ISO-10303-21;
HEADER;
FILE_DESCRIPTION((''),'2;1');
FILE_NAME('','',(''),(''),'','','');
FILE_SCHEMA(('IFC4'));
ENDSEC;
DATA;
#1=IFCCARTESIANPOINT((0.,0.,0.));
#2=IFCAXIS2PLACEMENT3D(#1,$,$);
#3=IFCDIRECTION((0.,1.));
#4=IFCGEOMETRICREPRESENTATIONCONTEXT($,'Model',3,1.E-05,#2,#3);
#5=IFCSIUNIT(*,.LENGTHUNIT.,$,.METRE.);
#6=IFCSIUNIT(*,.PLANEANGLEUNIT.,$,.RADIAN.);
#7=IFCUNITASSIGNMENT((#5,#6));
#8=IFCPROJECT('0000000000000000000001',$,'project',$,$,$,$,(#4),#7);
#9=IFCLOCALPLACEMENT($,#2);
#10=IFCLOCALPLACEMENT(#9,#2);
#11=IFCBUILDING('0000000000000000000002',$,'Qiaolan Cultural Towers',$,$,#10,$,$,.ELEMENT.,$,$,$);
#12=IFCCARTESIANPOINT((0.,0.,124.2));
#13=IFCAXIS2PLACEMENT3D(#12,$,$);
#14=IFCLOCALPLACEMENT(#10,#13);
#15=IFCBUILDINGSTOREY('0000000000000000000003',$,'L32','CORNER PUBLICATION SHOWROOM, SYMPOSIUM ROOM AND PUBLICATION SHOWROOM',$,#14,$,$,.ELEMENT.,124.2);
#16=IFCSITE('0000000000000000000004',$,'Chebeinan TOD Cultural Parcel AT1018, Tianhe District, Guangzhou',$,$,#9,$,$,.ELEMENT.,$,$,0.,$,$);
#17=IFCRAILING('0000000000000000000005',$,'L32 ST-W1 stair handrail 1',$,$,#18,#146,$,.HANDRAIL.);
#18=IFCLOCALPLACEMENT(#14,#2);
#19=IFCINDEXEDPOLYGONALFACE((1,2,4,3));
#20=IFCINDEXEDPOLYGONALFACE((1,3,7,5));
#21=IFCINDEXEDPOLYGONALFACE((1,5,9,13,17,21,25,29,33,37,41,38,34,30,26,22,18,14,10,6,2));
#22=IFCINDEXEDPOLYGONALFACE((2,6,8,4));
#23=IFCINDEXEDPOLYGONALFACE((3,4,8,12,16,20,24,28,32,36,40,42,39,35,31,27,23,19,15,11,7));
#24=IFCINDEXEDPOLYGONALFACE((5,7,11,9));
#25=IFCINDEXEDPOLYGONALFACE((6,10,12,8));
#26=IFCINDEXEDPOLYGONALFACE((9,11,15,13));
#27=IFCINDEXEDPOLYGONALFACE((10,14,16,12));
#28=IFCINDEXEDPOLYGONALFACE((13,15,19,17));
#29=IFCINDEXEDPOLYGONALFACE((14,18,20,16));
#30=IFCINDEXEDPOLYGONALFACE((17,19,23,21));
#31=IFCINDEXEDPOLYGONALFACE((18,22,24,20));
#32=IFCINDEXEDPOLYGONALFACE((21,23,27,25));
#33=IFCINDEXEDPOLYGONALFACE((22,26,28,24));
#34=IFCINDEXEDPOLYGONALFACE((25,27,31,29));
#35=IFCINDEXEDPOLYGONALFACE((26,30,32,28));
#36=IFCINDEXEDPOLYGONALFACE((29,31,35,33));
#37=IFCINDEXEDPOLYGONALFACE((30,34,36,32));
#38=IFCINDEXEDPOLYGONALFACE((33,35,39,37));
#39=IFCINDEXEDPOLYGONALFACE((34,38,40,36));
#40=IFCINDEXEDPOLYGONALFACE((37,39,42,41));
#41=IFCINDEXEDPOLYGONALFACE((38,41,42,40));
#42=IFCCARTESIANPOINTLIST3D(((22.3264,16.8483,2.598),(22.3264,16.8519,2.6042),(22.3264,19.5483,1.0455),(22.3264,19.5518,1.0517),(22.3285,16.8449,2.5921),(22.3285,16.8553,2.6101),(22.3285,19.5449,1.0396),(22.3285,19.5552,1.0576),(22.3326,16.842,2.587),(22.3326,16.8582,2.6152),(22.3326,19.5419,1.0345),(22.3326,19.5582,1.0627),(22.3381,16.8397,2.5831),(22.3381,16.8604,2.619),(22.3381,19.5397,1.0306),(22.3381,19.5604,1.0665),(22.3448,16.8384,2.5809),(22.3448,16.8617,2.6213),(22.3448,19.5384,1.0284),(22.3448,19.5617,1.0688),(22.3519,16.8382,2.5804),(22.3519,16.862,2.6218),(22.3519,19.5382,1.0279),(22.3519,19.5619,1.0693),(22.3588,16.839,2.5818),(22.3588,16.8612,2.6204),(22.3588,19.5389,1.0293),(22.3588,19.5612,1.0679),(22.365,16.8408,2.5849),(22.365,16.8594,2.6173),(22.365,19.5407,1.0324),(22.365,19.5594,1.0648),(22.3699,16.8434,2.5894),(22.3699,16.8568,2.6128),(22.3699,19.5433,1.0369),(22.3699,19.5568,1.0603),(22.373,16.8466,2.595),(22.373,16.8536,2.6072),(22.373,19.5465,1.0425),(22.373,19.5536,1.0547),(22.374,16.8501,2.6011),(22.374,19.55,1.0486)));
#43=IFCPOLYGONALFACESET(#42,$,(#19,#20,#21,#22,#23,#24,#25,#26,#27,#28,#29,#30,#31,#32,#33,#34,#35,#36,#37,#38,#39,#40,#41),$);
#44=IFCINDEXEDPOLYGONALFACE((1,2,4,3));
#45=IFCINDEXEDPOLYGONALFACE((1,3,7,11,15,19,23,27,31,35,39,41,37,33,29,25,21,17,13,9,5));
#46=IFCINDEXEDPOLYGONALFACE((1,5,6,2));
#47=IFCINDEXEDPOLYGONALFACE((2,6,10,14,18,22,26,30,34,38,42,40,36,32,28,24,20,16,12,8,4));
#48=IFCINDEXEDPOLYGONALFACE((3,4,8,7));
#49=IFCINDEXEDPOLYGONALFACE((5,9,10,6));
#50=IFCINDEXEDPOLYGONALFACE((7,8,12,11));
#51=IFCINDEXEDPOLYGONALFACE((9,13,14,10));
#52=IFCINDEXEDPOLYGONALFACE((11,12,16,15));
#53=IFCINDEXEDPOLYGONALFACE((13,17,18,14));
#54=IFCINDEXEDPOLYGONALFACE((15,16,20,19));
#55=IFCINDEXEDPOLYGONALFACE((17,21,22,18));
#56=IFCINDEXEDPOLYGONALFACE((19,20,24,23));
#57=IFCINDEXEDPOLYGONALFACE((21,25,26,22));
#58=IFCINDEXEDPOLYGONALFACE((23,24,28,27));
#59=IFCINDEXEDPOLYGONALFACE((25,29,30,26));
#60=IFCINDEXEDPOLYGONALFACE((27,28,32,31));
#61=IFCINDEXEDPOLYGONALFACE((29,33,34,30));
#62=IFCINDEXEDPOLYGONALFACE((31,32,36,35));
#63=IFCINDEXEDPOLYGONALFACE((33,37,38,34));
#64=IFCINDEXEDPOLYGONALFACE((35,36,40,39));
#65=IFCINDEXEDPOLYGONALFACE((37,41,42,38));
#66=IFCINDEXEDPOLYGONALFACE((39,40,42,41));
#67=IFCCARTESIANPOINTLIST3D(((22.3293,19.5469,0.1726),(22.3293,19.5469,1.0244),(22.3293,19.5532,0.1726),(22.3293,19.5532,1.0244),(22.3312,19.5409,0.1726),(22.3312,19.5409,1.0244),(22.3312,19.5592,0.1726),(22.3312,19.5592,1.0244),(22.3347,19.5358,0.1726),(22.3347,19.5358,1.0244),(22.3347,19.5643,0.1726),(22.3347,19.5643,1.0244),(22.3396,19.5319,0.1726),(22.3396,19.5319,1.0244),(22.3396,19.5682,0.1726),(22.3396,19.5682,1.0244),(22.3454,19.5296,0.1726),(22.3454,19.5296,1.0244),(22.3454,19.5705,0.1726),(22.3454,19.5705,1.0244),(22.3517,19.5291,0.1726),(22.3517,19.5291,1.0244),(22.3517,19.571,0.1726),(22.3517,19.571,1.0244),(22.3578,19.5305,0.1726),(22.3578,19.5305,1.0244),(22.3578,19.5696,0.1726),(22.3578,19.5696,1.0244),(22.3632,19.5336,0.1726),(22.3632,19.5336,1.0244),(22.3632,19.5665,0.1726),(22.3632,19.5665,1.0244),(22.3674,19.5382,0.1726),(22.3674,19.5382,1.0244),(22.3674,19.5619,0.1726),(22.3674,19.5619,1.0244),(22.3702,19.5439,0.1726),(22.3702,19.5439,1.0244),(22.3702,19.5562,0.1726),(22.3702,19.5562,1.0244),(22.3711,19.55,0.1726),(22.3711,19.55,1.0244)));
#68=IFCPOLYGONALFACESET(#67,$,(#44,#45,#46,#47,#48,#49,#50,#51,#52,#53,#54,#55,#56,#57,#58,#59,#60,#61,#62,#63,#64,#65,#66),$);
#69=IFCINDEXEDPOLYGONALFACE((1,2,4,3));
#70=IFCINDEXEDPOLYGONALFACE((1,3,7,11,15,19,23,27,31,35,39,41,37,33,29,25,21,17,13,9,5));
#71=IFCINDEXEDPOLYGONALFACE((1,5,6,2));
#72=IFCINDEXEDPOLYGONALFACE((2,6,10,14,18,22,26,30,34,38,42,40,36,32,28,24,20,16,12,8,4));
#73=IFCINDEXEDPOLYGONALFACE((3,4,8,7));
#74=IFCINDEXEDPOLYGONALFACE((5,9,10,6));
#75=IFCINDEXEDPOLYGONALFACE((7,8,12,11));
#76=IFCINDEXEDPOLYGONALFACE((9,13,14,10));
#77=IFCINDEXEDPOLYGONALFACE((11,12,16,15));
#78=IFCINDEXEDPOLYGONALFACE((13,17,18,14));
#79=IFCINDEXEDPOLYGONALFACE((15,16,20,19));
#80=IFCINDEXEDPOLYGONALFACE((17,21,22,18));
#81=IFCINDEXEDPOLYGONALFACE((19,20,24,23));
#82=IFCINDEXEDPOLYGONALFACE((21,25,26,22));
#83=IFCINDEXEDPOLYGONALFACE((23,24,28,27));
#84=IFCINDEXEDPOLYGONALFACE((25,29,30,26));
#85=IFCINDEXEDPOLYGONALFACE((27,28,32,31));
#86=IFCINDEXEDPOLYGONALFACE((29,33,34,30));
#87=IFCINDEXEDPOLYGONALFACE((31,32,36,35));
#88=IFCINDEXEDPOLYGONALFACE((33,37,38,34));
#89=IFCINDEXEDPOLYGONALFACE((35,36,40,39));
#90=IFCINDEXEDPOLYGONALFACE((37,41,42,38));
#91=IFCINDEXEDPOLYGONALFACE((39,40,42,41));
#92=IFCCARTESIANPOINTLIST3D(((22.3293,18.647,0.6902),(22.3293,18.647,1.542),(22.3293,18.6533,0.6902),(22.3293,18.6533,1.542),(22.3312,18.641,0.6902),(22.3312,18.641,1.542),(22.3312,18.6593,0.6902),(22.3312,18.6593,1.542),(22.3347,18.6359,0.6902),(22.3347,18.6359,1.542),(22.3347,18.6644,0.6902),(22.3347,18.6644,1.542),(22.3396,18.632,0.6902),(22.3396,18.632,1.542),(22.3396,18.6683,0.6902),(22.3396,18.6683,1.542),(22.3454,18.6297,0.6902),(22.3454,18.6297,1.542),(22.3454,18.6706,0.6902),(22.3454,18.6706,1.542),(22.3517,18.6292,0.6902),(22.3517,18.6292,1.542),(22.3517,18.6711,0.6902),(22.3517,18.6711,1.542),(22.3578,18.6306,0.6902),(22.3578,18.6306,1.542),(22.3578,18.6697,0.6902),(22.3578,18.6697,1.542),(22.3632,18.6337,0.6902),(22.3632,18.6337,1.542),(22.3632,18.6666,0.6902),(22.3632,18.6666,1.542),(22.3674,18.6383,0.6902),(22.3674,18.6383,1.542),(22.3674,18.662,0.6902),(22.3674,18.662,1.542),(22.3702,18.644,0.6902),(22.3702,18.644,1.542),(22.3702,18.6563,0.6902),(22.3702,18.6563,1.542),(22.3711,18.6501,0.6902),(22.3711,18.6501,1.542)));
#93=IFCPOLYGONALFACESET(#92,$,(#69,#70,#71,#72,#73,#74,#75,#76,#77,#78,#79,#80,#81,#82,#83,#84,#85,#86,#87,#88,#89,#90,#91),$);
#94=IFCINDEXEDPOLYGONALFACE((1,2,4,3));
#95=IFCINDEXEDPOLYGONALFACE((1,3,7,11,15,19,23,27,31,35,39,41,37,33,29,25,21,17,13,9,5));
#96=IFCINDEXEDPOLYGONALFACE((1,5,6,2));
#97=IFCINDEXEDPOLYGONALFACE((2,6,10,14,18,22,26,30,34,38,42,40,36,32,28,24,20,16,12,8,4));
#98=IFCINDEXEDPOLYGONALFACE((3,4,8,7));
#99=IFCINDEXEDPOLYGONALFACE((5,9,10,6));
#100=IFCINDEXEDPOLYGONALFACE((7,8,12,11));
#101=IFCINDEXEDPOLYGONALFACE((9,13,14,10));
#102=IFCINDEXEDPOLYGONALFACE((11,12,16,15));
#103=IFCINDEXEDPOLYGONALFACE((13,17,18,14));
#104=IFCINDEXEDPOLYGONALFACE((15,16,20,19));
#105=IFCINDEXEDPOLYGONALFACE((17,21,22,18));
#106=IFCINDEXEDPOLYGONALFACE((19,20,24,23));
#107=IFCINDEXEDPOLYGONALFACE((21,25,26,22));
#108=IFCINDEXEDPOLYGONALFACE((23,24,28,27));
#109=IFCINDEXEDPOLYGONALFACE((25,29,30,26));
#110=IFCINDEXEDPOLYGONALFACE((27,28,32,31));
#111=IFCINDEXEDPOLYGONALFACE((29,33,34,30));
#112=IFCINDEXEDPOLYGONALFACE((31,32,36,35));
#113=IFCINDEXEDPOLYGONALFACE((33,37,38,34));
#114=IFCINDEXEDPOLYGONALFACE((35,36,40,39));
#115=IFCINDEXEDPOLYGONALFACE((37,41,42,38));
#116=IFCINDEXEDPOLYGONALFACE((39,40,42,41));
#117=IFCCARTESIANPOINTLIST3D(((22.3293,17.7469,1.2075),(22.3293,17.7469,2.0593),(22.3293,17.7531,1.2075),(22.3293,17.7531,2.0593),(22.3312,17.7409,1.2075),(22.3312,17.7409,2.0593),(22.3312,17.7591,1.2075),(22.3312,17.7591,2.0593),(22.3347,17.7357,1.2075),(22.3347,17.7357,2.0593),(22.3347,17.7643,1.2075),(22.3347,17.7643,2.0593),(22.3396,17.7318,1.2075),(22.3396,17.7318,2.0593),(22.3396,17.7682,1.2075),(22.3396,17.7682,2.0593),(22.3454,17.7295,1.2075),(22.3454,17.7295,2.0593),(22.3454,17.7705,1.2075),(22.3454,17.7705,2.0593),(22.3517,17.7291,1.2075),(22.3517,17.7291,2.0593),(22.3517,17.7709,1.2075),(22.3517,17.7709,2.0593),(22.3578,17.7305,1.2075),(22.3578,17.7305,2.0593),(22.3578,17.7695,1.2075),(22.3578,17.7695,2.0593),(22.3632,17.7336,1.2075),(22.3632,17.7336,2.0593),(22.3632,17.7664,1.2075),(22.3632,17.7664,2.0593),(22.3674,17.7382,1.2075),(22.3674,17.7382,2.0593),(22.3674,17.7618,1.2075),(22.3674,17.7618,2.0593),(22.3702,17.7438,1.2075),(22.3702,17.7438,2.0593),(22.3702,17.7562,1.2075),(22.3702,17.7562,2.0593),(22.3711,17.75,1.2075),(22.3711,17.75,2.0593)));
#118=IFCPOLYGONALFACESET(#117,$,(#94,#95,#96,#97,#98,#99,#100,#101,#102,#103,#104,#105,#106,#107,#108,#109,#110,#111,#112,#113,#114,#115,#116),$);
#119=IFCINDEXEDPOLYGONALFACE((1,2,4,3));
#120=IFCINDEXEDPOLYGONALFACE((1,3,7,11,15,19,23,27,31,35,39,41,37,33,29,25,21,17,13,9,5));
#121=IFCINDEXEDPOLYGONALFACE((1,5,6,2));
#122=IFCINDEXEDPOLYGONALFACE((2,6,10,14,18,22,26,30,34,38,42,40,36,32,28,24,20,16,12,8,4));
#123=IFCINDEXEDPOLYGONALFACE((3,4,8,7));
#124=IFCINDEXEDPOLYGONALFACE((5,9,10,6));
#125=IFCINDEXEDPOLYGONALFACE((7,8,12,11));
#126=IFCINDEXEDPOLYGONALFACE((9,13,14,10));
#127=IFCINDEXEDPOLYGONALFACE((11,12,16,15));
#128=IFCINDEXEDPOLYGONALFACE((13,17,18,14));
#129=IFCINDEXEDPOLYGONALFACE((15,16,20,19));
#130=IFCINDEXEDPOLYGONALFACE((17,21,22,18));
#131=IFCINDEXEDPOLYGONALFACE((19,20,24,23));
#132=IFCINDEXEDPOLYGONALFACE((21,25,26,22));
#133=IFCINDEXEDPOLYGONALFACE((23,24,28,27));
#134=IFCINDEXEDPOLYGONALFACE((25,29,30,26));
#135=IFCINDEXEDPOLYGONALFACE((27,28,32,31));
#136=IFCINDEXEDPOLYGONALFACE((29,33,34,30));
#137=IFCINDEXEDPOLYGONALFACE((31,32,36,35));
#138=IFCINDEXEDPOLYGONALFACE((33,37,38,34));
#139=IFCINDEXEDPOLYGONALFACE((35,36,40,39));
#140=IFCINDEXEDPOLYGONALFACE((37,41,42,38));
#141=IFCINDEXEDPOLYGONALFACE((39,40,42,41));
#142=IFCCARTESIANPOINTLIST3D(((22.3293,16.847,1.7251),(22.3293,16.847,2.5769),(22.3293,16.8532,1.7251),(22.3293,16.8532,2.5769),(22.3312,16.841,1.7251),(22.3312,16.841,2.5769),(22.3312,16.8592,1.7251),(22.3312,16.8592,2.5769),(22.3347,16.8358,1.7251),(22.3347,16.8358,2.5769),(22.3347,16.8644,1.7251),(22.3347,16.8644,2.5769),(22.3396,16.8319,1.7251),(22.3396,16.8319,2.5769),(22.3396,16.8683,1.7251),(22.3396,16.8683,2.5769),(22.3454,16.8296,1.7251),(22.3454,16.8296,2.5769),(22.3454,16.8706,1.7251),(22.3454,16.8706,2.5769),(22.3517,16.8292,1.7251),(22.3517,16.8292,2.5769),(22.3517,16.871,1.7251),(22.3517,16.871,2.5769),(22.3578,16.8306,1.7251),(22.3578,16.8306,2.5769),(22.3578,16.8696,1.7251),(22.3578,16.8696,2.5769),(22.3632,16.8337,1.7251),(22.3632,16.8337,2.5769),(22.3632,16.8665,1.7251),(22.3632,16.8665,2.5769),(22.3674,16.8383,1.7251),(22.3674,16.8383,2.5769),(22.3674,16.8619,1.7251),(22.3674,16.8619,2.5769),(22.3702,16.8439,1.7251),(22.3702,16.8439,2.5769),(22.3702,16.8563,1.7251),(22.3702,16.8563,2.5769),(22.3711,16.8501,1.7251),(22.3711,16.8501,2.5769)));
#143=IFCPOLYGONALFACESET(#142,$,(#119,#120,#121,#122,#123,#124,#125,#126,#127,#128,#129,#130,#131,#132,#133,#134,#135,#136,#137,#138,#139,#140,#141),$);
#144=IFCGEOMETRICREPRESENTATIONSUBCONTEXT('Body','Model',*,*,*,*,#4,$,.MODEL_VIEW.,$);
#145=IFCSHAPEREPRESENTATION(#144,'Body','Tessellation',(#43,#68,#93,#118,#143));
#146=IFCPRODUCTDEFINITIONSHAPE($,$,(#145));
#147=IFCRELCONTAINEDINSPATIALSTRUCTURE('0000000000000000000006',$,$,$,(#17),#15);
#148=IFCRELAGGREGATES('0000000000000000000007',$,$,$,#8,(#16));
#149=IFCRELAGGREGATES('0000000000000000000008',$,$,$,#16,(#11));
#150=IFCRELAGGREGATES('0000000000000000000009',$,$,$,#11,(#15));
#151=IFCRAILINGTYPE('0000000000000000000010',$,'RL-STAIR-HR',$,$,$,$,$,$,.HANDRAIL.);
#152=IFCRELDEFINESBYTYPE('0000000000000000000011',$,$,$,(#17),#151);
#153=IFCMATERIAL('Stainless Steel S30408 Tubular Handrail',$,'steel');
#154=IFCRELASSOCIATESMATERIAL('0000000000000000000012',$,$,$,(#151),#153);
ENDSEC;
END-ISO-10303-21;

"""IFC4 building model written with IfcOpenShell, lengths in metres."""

from ifc_helpers import new_model, si_unit, direction, frame, origin, origin_2d, place, context, subcontext, project, spatial, circle, extrude, material, type_object, element, save


model = new_model("IFC4")

# Units and contexts
model_context = context("Model", 3, precision=1e-05, world=origin(), true_north=direction((0.0, 1.0)))
body_context = subcontext(model_context, "Body", "Model", "MODEL_VIEW")
ifc_project = project(units=[si_unit("LENGTHUNIT", "METRE"), si_unit("PLANEANGLEUNIT", "RADIAN")], contexts=[model_context])

# Site, building, storey
site_placement = place(None, origin())
site = spatial("IfcSite", under=ifc_project, at=site_placement, Name="Chebeinan TOD Cultural Parcel AT1018, Tianhe District, Guangzhou", CompositionType="ELEMENT", RefElevation=0.0)
building_placement = place(site_placement, origin())
building = spatial("IfcBuilding", under=site, at=building_placement, Name="Qiaolan Cultural Towers", CompositionType="ELEMENT")
storey_placement = place(building_placement, frame((0.0, 0.0, 124.2)))
storey = spatial("IfcBuildingStorey", under=building, at=storey_placement, Name="L32", Description="CORNER PUBLICATION SHOWROOM, SYMPOSIUM ROOM AND PUBLICATION SHOWROOM", CompositionType="ELEMENT", Elevation=124.2)

# Railing
ifc_material_1 = material(Name="Stainless Steel S30408 Tubular Handrail", Category="steel")
railing_type_1 = type_object("IfcRailingType", Name="RL-STAIR-HR", PredefinedType="HANDRAIL", material=ifc_material_1)
railing_1_placement = place(storey_placement, frame((22.3501, 19.55, 0.1726)))
element("IfcRailing", 1, at=railing_1_placement, inside=storey, type_object=railing_type_1, Name="L32 ST-W1 stair handrail 1", PredefinedType="HANDRAIL", context=body_context, shape_type="SweptSolid", body=[
    extrude(circle(Radius=0.0239, at=origin_2d()), frame((0.0, 0.0, 0.876), z_axis=(0.0, -0.866904, 0.498476), x_axis=(1.0, 0.0, 0.0)), (0.0, 0.0, 1.0), 3.1145),
    extrude(circle(Radius=0.021, at=origin_2d()), origin(), (0.0, 0.0, 1.0), 0.8518),
    extrude(circle(Radius=0.021, at=origin_2d()), frame((0.0, -0.8999, 0.5176)), (0.0, 0.0, 1.0), 0.8518),
    extrude(circle(Radius=0.021, at=origin_2d()), frame((0.0, -1.8, 1.0349)), (0.0, 0.0, 1.0), 0.8518),
    extrude(circle(Radius=0.021, at=origin_2d()), frame((0.0, -2.7, 1.5525)), (0.0, 0.0, 1.0), 0.8518),
])

save(model, "model.ifc")
